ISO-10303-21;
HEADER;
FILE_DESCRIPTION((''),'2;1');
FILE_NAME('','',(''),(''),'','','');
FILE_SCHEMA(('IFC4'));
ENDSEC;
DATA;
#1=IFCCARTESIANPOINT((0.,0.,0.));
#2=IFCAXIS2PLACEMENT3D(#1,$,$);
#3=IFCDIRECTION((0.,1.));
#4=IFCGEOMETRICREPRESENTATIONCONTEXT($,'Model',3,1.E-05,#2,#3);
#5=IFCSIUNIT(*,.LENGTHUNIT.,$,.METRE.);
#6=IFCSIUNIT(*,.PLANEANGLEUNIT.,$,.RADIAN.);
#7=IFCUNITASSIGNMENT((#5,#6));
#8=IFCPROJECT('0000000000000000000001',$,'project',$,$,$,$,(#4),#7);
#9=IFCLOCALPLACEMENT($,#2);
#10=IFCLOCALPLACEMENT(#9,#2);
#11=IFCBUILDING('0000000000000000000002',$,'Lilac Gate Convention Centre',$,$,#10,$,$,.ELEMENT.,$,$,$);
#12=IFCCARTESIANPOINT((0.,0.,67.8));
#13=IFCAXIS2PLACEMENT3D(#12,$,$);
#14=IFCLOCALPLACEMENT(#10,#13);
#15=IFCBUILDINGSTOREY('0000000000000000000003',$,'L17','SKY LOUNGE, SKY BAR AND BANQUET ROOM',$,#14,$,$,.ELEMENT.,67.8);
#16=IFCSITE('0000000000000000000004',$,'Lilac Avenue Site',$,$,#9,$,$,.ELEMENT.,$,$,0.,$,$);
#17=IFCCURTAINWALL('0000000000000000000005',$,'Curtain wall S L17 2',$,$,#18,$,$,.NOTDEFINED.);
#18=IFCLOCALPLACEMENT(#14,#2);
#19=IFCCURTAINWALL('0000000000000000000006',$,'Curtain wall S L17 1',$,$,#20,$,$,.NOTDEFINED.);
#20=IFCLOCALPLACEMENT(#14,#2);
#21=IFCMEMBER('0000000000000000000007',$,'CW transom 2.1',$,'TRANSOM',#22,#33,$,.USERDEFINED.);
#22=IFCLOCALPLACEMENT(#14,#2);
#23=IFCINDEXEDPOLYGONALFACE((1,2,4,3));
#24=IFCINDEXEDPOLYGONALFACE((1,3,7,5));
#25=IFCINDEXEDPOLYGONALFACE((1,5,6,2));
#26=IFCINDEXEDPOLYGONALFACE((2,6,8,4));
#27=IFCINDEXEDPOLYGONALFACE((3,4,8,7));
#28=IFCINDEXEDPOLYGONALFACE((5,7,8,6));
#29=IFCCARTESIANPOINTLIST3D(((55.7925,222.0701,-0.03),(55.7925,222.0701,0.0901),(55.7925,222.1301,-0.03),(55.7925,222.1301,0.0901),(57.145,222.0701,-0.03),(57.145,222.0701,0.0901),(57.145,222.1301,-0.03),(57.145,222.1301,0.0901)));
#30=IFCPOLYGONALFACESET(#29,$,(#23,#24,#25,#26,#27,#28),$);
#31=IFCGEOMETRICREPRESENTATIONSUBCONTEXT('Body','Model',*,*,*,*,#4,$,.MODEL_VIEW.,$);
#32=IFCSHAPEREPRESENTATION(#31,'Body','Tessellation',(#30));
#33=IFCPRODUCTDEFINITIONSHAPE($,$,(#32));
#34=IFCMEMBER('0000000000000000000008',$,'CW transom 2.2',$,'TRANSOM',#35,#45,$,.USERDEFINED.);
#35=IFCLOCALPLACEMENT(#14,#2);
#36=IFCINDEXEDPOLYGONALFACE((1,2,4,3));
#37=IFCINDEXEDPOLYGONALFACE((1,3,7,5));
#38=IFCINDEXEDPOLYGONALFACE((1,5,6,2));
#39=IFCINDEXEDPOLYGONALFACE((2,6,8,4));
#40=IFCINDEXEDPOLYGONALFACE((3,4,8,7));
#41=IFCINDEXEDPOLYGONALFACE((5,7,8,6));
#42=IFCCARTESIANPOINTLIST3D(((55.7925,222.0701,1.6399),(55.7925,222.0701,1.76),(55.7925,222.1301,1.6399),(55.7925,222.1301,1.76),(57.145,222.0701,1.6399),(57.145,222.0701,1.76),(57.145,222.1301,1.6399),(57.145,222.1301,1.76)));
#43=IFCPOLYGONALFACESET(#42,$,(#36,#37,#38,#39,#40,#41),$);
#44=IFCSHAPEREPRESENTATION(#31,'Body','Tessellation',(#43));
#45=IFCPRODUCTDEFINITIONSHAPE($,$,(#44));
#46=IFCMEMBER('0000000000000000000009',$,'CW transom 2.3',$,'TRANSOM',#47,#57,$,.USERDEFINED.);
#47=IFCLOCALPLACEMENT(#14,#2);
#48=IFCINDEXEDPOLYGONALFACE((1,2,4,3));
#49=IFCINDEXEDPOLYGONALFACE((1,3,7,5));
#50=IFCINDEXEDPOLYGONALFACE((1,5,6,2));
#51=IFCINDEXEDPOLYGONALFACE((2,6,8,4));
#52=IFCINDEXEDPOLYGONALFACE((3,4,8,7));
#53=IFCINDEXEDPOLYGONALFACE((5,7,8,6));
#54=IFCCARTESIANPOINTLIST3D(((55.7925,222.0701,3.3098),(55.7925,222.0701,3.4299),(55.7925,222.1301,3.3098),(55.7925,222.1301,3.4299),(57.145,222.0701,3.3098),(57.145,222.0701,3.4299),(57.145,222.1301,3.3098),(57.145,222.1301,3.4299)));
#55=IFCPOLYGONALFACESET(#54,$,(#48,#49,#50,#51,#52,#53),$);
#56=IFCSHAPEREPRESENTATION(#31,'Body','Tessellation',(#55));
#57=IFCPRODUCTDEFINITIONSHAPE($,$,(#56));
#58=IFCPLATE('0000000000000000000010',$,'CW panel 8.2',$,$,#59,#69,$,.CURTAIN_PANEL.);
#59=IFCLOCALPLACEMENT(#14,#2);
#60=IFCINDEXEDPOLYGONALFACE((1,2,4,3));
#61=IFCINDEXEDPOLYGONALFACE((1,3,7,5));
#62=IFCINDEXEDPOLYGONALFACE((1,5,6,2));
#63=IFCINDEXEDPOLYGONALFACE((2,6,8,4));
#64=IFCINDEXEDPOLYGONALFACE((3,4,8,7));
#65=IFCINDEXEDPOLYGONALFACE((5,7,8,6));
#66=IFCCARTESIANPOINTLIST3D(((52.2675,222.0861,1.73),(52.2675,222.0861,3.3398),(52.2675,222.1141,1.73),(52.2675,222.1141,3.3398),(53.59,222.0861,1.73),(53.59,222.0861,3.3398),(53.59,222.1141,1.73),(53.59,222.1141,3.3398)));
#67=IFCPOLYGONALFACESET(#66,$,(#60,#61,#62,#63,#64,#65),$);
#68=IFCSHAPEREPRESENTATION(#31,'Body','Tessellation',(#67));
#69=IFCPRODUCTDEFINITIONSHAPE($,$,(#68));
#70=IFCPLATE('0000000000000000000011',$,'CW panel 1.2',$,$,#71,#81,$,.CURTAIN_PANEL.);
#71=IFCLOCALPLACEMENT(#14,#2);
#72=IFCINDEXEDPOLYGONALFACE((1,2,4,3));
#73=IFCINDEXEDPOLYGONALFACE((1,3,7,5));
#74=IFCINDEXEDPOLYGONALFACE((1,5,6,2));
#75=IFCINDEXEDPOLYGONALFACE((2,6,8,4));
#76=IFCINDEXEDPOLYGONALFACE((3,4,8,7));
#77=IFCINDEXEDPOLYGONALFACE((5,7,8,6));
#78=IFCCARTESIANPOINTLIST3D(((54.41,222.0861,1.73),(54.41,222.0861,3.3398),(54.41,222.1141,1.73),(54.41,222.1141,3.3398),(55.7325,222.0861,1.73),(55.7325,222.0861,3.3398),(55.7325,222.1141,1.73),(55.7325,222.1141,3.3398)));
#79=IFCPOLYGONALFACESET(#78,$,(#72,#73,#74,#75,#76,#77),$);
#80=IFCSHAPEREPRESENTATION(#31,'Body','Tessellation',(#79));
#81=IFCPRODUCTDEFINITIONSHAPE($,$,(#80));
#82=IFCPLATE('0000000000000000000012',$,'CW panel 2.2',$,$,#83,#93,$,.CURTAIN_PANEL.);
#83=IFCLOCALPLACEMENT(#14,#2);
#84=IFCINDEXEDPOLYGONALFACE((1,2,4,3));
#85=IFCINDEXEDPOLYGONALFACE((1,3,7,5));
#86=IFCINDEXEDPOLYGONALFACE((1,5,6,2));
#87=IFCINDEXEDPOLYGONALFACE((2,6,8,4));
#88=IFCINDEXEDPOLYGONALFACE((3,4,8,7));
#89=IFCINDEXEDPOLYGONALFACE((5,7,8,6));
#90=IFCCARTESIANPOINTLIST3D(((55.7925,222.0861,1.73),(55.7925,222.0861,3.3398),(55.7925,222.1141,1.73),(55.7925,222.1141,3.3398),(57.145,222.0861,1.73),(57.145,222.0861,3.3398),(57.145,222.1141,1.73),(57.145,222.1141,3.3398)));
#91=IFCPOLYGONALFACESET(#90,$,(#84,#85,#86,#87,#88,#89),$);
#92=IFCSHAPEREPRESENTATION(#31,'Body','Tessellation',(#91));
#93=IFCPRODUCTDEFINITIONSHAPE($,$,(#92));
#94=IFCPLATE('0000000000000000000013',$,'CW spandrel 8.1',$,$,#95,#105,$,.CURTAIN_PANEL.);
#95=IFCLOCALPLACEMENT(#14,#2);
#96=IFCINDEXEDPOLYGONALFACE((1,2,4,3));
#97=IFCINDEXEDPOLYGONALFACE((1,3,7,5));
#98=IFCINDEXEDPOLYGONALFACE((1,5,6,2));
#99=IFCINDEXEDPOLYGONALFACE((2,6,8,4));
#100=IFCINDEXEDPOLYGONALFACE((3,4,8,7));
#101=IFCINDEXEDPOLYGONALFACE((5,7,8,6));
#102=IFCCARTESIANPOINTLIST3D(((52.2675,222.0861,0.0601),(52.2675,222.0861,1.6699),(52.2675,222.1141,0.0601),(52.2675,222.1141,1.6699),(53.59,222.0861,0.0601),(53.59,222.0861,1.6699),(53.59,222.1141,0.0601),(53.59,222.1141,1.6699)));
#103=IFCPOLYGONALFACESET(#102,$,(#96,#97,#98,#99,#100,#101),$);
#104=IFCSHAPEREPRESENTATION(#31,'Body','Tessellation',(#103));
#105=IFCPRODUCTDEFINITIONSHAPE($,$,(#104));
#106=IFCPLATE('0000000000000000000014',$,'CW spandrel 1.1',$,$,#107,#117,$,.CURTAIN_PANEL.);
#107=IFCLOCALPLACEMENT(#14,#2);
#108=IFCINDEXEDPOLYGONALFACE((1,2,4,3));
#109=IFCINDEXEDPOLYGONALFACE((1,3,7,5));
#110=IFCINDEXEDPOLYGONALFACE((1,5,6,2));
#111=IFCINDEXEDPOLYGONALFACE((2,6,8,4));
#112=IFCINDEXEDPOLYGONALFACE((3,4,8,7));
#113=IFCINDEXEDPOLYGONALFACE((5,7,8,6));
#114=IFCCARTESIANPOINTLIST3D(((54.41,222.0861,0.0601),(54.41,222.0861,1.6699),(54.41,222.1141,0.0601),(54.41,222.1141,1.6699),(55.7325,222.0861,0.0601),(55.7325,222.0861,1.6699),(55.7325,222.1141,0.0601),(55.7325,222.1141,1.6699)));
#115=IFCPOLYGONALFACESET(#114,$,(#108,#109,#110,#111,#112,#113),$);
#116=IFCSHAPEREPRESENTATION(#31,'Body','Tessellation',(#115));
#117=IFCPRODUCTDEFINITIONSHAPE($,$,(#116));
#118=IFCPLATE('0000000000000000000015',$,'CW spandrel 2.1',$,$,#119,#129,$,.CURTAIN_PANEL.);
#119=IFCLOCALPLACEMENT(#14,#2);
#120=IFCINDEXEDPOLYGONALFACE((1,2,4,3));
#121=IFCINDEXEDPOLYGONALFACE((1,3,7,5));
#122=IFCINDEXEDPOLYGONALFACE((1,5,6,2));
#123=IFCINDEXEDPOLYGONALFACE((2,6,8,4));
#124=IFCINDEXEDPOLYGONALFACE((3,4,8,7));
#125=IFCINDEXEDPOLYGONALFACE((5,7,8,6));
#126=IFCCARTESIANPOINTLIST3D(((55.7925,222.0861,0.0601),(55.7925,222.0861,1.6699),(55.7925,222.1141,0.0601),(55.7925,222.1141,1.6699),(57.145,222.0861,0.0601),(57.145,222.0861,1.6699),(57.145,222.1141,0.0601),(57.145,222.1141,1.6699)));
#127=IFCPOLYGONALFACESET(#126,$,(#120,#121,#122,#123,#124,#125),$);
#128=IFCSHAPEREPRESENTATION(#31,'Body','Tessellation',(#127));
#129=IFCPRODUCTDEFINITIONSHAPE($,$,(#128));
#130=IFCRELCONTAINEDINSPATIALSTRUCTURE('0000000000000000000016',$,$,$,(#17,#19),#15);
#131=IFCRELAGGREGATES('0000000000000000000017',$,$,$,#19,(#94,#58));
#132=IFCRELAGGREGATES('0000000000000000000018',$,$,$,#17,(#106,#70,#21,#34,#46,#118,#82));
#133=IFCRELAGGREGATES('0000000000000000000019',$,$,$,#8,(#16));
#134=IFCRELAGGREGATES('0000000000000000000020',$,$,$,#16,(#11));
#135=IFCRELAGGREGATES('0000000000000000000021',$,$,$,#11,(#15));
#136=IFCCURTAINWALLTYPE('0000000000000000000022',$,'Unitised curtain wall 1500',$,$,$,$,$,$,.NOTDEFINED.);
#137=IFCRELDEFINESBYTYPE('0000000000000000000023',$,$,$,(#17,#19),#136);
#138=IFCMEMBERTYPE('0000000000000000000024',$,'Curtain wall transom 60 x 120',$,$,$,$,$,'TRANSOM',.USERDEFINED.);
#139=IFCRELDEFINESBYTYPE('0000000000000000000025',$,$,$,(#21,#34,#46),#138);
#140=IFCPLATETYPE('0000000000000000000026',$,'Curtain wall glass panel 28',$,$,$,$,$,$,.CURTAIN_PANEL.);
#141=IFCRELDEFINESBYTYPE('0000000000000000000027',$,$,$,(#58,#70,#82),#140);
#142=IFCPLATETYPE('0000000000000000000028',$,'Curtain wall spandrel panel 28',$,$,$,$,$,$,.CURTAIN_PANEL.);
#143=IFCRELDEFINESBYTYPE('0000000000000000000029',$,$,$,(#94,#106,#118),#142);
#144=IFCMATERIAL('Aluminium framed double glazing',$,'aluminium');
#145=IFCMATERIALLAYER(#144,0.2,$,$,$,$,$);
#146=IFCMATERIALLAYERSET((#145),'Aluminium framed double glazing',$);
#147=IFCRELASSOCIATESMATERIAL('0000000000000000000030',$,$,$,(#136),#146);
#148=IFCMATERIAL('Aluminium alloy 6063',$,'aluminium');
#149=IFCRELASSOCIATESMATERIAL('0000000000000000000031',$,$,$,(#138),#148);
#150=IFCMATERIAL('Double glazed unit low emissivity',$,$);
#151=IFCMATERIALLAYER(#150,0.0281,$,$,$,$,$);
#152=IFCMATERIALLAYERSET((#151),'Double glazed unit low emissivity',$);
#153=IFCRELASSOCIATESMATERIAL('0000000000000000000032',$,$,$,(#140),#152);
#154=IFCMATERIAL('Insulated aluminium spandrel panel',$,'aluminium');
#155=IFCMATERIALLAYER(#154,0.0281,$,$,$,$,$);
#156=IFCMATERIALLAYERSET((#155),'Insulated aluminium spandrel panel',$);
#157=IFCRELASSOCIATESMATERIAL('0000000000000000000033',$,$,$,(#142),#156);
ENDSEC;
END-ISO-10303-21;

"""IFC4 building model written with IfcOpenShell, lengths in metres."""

from ifc_helpers import new_model, si_unit, direction, frame, origin, origin_2d, place, context, subcontext, project, spatial, rectangle, extrude, material, layer, layer_set, material_profile, profile_set, type_object, element, aggregate, save


model = new_model("IFC4")

# Units and contexts
model_context = context("Model", 3, precision=1e-05, world=origin(), true_north=direction((0.0, 1.0)))
body_context = subcontext(model_context, "Body", "Model", "MODEL_VIEW")
ifc_project = project(units=[si_unit("LENGTHUNIT", "METRE"), si_unit("PLANEANGLEUNIT", "RADIAN")], contexts=[model_context])

# Site, building, storey
site_placement = place(None, origin())
site = spatial("IfcSite", under=ifc_project, at=site_placement, Name="Lilac Avenue Site", CompositionType="ELEMENT", RefElevation=0.0)
building_placement = place(site_placement, origin())
building = spatial("IfcBuilding", under=site, at=building_placement, Name="Lilac Gate Convention Centre", CompositionType="ELEMENT")
storey_placement = place(building_placement, frame((0.0, 0.0, 67.8)))
storey = spatial("IfcBuildingStorey", under=building, at=storey_placement, Name="L17", Description="SKY LOUNGE, SKY BAR AND BANQUET ROOM", CompositionType="ELEMENT", Elevation=67.8)

# Curtain walls
ifc_material_1 = material(Name="Aluminium framed double glazing", Category="aluminium")
ifc_layer_1 = layer(ifc_material_1, 0.2)
ifc_layer_set_1 = layer_set([ifc_layer_1], Name="Aluminium framed double glazing")
curtain_wall_type = type_object("IfcCurtainWallType", Name="Unitised curtain wall 1500", PredefinedType="NOTDEFINED", material=ifc_layer_set_1)
curtain_wall_1_placement = place(storey_placement, origin())
curtain_wall_1 = element("IfcCurtainWall", 1, at=curtain_wall_1_placement, inside=storey, type_object=curtain_wall_type, Name="Curtain wall S L17 2", PredefinedType="NOTDEFINED")
ifc_material_2 = material(Name="Aluminium alloy 6063", Category="aluminium")
curtain_wall_2_placement = place(storey_placement, origin())
curtain_wall_2 = element("IfcCurtainWall", 2, at=curtain_wall_2_placement, inside=storey, type_object=curtain_wall_type, Name="Curtain wall S L17 1", PredefinedType="NOTDEFINED")
ifc_material_profile_1 = material_profile(ifc_material_2, rectangle(XDim=0.0601, YDim=0.1201, at=origin_2d()), Name="Curtain wall transom 60 x 120")
ifc_profile_set_1 = profile_set([ifc_material_profile_1], Name="Aluminium alloy 6063")
member_type_1 = type_object("IfcMemberType", Name="Curtain wall transom 60 x 120", ElementType="TRANSOM", PredefinedType="USERDEFINED", material=ifc_profile_set_1)

# Members
member_1_placement = place(storey_placement, frame((55.7925, 222.1001, 0.03), z_axis=(1.0, 0.0, 0.0), x_axis=(0.0, 1.0, 0.0)))
member_1 = element("IfcMember", 3, at=member_1_placement, type_object=member_type_1, Name="CW transom 2.1", ObjectType="TRANSOM", PredefinedType="USERDEFINED", context=body_context, shape_type="SweptSolid", body=[
    extrude(rectangle(XDim=0.0601, YDim=0.1201, at=origin_2d()), origin(), (0.0, 0.0, 1.0), 1.3525),
])
member_2_placement = place(storey_placement, frame((55.7925, 222.1001, 1.7), z_axis=(1.0, 0.0, 0.0), x_axis=(0.0, 1.0, 0.0)))
member_2 = element("IfcMember", 4, at=member_2_placement, type_object=member_type_1, Name="CW transom 2.2", ObjectType="TRANSOM", PredefinedType="USERDEFINED", context=body_context, shape_type="SweptSolid", body=[
    extrude(rectangle(XDim=0.0601, YDim=0.1201, at=origin_2d()), origin(), (0.0, 0.0, 1.0), 1.3525),
])
member_3_placement = place(storey_placement, frame((55.7925, 222.1001, 3.3699), z_axis=(1.0, 0.0, 0.0), x_axis=(0.0, 1.0, 0.0)))
member_3 = element("IfcMember", 5, at=member_3_placement, type_object=member_type_1, Name="CW transom 2.3", ObjectType="TRANSOM", PredefinedType="USERDEFINED", context=body_context, shape_type="SweptSolid", body=[
    extrude(rectangle(XDim=0.0601, YDim=0.1201, at=origin_2d()), origin(), (0.0, 0.0, 1.0), 1.3525),
])

# Plates
ifc_material_3 = material(Name="Double glazed unit low emissivity")
ifc_layer_2 = layer(ifc_material_3, 0.0281)
ifc_layer_set_2 = layer_set([ifc_layer_2], Name="Double glazed unit low emissivity")
plate_type_1 = type_object("IfcPlateType", Name="Curtain wall glass panel 28", PredefinedType="CURTAIN_PANEL", material=ifc_layer_set_2)
plate_1_placement = place(storey_placement, frame((52.9287, 222.1001, 1.73), z_axis=(0.0, 0.0, 1.0), x_axis=(1.0, 0.0, 0.0)))
plate_1 = element("IfcPlate", 6, at=plate_1_placement, type_object=plate_type_1, Name="CW panel 8.2", PredefinedType="CURTAIN_PANEL", context=body_context, shape_type="SweptSolid", body=[
    extrude(rectangle(XDim=1.3225, YDim=0.0281, at=origin_2d()), origin(), (0.0, 0.0, 1.0), 1.6099),
])
plate_2_placement = place(storey_placement, frame((55.0713, 222.1001, 1.73), z_axis=(0.0, 0.0, 1.0), x_axis=(1.0, 0.0, 0.0)))
plate_2 = element("IfcPlate", 7, at=plate_2_placement, type_object=plate_type_1, Name="CW panel 1.2", PredefinedType="CURTAIN_PANEL", context=body_context, shape_type="SweptSolid", body=[
    extrude(rectangle(XDim=1.3225, YDim=0.0281, at=origin_2d()), origin(), (0.0, 0.0, 1.0), 1.6099),
])
plate_3_placement = place(storey_placement, frame((56.4688, 222.1001, 1.73), z_axis=(0.0, 0.0, 1.0), x_axis=(1.0, 0.0, 0.0)))
plate_3 = element("IfcPlate", 8, at=plate_3_placement, type_object=plate_type_1, Name="CW panel 2.2", PredefinedType="CURTAIN_PANEL", context=body_context, shape_type="SweptSolid", body=[
    extrude(rectangle(XDim=1.3525, YDim=0.0281, at=origin_2d()), origin(), (0.0, 0.0, 1.0), 1.6099),
])
ifc_material_4 = material(Name="Insulated aluminium spandrel panel", Category="aluminium")
ifc_layer_3 = layer(ifc_material_4, 0.0281)
ifc_layer_set_3 = layer_set([ifc_layer_3], Name="Insulated aluminium spandrel panel")
plate_type_2 = type_object("IfcPlateType", Name="Curtain wall spandrel panel 28", PredefinedType="CURTAIN_PANEL", material=ifc_layer_set_3)
plate_4_placement = place(storey_placement, frame((52.9287, 222.1001, 0.0601), z_axis=(0.0, 0.0, 1.0), x_axis=(1.0, 0.0, 0.0)))
plate_4 = element("IfcPlate", 9, at=plate_4_placement, type_object=plate_type_2, Name="CW spandrel 8.1", PredefinedType="CURTAIN_PANEL", context=body_context, shape_type="SweptSolid", body=[
    extrude(rectangle(XDim=1.3225, YDim=0.0281, at=origin_2d()), origin(), (0.0, 0.0, 1.0), 1.6099),
])
aggregate(curtain_wall_2, [plate_4, plate_1])
plate_5_placement = place(storey_placement, frame((55.0713, 222.1001, 0.0601), z_axis=(0.0, 0.0, 1.0), x_axis=(1.0, 0.0, 0.0)))
plate_5 = element("IfcPlate", 10, at=plate_5_placement, type_object=plate_type_2, Name="CW spandrel 1.1", PredefinedType="CURTAIN_PANEL", context=body_context, shape_type="SweptSolid", body=[
    extrude(rectangle(XDim=1.3225, YDim=0.0281, at=origin_2d()), origin(), (0.0, 0.0, 1.0), 1.6099),
])
plate_6_placement = place(storey_placement, frame((56.4688, 222.1001, 0.0601), z_axis=(0.0, 0.0, 1.0), x_axis=(1.0, 0.0, 0.0)))
plate_6 = element("IfcPlate", 11, at=plate_6_placement, type_object=plate_type_2, Name="CW spandrel 2.1", PredefinedType="CURTAIN_PANEL", context=body_context, shape_type="SweptSolid", body=[
    extrude(rectangle(XDim=1.3525, YDim=0.0281, at=origin_2d()), origin(), (0.0, 0.0, 1.0), 1.6099),
])
aggregate(curtain_wall_1, [plate_5, plate_2, member_1, member_2, member_3, plate_6, plate_3])

save(model, "model.ifc")
